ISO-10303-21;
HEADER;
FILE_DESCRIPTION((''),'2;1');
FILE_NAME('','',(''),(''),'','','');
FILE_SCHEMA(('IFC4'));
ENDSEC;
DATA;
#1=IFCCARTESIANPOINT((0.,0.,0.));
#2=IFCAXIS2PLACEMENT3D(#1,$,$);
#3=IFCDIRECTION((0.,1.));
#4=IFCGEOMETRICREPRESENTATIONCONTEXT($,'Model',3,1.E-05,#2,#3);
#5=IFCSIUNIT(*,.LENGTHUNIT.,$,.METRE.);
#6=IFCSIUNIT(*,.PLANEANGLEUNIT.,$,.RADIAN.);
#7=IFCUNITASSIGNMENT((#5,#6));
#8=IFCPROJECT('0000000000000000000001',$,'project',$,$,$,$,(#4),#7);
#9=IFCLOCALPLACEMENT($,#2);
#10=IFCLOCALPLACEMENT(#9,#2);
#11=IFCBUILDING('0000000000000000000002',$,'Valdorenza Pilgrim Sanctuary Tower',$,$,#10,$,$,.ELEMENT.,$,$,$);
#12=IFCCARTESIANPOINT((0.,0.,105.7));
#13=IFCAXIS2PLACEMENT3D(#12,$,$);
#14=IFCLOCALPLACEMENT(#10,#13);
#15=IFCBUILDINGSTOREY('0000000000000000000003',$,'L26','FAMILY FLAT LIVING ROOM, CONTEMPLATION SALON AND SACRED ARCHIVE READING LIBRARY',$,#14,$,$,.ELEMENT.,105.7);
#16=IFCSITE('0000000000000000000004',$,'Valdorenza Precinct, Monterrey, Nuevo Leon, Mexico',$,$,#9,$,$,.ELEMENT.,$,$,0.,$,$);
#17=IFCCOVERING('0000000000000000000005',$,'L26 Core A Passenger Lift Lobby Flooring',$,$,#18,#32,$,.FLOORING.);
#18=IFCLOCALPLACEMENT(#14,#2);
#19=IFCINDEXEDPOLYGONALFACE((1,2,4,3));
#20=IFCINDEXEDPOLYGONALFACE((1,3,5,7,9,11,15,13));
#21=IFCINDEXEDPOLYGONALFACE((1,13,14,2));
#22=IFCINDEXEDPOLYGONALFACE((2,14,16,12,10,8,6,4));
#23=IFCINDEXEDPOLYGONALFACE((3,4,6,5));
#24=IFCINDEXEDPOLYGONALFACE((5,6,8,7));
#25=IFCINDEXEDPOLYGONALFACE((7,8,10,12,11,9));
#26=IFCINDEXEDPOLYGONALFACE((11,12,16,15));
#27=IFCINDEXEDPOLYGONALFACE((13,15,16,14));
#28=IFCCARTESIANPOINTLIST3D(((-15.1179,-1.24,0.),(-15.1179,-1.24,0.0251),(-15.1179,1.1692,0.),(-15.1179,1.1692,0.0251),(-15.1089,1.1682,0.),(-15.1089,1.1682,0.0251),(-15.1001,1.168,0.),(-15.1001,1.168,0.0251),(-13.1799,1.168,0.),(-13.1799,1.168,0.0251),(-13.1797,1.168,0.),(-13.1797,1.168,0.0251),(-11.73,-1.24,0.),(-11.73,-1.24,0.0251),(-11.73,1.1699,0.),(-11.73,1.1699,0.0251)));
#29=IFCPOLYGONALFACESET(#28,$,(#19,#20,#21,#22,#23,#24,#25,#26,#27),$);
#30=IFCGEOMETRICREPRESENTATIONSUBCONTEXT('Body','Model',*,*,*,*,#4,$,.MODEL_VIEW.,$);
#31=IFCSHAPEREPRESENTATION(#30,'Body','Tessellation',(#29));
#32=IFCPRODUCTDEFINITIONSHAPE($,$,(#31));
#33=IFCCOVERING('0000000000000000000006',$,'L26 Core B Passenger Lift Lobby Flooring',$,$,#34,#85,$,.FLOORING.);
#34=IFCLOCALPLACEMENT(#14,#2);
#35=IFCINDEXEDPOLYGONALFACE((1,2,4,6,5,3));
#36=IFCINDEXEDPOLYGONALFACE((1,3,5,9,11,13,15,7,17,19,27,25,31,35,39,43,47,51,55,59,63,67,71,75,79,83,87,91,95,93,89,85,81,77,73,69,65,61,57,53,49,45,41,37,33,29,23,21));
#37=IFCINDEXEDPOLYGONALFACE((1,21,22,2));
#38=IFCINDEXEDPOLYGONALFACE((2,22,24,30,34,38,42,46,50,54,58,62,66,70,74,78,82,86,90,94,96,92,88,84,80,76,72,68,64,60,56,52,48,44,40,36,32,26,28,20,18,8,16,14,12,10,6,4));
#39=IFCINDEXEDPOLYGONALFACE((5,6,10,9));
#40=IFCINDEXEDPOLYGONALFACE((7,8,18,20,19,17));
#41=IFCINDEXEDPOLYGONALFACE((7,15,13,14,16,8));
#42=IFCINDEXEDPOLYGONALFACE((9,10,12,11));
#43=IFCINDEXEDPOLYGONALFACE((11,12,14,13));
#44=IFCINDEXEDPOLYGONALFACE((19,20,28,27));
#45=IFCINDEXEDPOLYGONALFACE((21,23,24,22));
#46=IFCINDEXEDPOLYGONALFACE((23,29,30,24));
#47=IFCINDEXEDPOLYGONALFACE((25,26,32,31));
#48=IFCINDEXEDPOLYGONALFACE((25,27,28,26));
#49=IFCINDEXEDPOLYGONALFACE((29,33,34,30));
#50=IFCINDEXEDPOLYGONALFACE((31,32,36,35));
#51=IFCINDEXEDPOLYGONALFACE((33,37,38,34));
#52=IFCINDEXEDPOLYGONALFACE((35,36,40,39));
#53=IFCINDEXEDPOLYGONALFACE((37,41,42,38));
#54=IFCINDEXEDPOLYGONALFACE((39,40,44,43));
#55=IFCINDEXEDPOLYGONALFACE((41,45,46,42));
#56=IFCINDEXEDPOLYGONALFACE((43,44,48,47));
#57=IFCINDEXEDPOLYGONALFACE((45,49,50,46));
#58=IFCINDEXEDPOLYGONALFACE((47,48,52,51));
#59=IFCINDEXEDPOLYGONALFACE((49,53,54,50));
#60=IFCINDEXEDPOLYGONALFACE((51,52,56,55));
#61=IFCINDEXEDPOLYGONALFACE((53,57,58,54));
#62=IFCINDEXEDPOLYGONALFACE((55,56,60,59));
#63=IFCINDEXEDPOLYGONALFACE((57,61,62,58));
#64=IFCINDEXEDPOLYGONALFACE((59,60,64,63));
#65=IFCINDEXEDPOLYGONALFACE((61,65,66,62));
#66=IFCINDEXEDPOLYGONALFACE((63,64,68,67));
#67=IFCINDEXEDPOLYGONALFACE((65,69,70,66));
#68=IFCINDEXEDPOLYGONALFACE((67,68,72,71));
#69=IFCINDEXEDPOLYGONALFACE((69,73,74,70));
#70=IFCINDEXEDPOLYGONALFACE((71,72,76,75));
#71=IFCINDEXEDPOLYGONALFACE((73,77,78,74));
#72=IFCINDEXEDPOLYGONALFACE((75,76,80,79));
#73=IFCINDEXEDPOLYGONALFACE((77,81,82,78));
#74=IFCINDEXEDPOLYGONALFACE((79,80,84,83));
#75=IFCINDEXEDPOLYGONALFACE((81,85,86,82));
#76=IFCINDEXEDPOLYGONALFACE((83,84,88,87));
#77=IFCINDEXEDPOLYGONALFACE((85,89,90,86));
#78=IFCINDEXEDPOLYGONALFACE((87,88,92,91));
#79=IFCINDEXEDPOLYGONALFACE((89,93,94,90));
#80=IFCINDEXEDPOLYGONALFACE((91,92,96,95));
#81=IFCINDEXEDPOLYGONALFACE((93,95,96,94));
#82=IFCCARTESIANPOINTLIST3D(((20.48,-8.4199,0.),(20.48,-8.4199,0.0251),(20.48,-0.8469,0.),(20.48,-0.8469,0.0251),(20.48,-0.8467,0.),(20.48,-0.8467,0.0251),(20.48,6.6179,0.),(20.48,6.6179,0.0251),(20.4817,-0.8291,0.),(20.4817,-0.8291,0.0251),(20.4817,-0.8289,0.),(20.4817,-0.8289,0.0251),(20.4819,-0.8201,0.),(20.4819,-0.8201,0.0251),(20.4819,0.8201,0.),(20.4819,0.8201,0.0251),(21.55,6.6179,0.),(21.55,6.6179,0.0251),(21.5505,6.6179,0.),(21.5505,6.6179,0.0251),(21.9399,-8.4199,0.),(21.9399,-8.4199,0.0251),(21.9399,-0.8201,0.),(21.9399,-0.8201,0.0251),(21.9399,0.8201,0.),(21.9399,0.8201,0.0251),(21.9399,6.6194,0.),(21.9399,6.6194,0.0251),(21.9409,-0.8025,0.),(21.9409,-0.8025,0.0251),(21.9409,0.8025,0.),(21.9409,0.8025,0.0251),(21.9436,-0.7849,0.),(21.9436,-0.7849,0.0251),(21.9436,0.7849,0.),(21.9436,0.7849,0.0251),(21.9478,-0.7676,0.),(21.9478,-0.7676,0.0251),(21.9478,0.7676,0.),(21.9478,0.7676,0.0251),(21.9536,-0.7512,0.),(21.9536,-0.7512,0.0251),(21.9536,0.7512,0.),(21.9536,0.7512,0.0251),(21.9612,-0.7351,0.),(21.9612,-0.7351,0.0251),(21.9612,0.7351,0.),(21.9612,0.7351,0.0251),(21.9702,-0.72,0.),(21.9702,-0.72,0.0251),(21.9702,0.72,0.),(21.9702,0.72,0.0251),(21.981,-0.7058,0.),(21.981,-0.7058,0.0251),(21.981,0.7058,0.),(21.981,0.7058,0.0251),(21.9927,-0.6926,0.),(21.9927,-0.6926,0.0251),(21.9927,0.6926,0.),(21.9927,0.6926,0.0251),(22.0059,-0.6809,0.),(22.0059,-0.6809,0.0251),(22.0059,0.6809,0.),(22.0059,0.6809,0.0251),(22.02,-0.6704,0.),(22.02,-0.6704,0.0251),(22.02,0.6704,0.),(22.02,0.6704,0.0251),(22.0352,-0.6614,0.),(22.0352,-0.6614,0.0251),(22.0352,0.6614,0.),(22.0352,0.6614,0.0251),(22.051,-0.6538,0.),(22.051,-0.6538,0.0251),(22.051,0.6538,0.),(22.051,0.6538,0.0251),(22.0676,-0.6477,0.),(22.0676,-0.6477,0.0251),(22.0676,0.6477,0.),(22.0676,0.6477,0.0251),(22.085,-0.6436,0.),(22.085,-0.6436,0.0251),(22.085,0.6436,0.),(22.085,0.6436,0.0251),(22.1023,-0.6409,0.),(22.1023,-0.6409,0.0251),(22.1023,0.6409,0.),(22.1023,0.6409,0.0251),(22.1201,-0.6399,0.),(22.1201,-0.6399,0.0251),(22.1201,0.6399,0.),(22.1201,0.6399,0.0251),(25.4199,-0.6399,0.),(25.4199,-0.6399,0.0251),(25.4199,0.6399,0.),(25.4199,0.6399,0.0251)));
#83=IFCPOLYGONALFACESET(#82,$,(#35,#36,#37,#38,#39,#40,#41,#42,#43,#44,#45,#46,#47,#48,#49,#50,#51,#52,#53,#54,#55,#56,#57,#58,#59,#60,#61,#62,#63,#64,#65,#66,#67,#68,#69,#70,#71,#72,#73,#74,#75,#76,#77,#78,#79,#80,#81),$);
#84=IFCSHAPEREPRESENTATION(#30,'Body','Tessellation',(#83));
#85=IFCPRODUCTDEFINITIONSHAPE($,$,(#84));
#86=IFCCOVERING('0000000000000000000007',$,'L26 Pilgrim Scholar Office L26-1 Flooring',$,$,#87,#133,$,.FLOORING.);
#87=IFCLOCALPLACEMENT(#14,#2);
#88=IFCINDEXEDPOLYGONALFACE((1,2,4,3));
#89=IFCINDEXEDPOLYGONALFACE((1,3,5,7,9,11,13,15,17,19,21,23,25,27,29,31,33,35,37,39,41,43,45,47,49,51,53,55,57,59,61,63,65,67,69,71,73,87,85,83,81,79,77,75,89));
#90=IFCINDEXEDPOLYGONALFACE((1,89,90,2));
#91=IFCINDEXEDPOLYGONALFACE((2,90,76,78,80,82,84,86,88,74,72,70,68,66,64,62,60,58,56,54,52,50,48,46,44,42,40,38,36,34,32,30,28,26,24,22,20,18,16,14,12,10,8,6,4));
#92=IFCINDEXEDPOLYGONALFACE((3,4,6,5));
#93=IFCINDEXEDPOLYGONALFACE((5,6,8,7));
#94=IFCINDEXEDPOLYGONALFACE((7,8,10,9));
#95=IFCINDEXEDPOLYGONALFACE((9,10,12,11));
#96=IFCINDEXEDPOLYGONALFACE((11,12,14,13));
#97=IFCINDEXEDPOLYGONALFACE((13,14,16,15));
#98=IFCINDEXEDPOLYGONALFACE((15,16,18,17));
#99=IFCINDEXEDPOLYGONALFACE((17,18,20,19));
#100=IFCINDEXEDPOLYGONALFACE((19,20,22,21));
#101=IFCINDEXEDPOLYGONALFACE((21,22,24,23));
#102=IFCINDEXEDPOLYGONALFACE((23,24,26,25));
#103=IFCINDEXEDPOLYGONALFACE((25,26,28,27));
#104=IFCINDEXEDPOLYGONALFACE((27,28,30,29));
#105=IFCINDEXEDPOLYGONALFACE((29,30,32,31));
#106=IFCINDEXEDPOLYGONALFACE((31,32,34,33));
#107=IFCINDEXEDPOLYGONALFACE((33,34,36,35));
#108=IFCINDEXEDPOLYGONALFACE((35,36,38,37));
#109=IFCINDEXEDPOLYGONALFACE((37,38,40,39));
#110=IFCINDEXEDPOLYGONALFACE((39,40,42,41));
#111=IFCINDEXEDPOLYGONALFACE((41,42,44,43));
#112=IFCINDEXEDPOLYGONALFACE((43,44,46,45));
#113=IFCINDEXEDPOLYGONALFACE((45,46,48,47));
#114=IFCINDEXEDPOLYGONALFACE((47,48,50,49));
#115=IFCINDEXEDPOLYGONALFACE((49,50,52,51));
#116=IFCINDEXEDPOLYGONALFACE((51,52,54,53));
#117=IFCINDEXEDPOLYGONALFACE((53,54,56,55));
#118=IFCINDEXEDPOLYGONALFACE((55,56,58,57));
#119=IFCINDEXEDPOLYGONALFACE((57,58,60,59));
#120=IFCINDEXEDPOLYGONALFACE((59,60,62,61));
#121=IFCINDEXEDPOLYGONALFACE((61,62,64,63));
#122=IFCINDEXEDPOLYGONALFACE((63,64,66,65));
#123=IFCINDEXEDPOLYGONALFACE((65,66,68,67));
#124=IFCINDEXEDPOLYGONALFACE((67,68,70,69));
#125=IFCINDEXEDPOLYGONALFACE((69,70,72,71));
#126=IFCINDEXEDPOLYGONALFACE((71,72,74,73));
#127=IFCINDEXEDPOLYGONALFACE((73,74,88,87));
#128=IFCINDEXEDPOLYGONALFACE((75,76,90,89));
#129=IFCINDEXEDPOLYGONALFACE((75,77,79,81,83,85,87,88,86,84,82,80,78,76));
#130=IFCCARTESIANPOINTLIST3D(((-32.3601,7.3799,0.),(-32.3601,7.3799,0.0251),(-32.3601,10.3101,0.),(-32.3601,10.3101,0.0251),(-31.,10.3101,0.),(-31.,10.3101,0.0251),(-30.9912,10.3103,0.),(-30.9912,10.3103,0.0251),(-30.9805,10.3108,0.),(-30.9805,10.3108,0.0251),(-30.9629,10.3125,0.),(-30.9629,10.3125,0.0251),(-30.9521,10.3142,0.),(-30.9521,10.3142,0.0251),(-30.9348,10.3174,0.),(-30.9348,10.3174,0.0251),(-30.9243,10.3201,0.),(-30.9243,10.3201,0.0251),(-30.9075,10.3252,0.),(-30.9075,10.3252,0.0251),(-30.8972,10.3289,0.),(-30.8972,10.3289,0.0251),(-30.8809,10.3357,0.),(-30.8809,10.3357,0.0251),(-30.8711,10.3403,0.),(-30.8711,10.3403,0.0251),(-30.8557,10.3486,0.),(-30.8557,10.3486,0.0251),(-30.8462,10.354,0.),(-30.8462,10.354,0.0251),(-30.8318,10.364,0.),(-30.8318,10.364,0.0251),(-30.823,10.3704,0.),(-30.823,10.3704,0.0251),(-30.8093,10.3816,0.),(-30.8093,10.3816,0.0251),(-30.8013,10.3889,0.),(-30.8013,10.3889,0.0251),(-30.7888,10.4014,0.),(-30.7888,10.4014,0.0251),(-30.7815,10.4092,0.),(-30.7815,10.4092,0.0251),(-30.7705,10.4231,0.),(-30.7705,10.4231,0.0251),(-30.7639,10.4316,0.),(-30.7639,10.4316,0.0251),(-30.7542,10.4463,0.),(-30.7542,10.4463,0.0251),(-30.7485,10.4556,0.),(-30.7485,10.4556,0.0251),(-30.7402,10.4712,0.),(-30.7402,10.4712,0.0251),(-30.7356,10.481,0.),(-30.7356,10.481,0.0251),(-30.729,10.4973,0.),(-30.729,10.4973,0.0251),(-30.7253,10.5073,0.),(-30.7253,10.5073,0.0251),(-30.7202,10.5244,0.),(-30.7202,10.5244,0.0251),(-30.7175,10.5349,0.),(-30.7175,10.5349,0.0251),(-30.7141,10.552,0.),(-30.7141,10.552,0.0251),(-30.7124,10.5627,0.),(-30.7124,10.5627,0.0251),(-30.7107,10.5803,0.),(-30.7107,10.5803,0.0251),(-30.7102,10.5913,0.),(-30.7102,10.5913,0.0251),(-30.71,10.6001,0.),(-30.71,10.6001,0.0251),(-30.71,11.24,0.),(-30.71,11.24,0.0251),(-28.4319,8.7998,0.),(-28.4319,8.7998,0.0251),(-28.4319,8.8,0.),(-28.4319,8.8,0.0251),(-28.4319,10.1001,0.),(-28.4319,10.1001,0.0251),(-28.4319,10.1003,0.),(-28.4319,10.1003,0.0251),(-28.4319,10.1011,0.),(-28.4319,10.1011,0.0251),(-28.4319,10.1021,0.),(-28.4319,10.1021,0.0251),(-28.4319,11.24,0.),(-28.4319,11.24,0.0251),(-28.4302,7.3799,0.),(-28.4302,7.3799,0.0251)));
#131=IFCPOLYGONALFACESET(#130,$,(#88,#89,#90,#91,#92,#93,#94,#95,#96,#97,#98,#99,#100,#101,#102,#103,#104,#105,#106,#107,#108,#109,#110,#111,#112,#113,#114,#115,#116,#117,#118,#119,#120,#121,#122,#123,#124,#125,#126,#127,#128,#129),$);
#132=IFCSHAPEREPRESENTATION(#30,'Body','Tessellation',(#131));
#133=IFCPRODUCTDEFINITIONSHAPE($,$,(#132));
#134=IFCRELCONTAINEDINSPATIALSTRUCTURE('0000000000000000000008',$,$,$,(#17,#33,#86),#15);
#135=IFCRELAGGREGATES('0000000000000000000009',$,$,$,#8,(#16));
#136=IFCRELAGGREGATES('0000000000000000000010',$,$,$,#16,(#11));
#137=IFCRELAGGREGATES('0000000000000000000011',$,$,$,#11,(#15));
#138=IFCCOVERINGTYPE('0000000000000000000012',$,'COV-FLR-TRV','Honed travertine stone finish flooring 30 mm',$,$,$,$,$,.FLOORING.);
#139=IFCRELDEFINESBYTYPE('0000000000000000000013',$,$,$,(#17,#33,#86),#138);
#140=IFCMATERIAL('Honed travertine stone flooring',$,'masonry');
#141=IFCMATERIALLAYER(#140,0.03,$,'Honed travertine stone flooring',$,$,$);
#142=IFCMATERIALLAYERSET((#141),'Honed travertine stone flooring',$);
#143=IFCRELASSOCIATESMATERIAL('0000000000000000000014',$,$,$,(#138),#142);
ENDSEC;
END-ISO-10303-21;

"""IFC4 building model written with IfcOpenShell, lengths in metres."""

from ifc_helpers import new_model, si_unit, direction, frame, origin, place, context, subcontext, project, spatial, polyline, outline, extrude, material, layer, layer_set, type_object, element, save


model = new_model("IFC4")

# Units and contexts
model_context = context("Model", 3, precision=1e-05, world=origin(), true_north=direction((0.0, 1.0)))
body_context = subcontext(model_context, "Body", "Model", "MODEL_VIEW")
ifc_project = project(units=[si_unit("LENGTHUNIT", "METRE"), si_unit("PLANEANGLEUNIT", "RADIAN")], contexts=[model_context])

# Site, building, storey
site_placement = place(None, origin())
site = spatial("IfcSite", under=ifc_project, at=site_placement, Name="Valdorenza Precinct, Monterrey, Nuevo Leon, Mexico", CompositionType="ELEMENT", RefElevation=0.0)
building_placement = place(site_placement, origin())
building = spatial("IfcBuilding", under=site, at=building_placement, Name="Valdorenza Pilgrim Sanctuary Tower", CompositionType="ELEMENT")
storey_placement = place(building_placement, frame((0.0, 0.0, 105.7)))
storey = spatial("IfcBuildingStorey", under=building, at=storey_placement, Name="L26", Description="FAMILY FLAT LIVING ROOM, CONTEMPLATION SALON AND SACRED ARCHIVE READING LIBRARY", CompositionType="ELEMENT", Elevation=105.7)

# Coverings
ifc_material_1 = material(Name="Honed travertine stone flooring", Category="masonry")
ifc_layer_1 = layer(ifc_material_1, 0.03, Name="Honed travertine stone flooring")
ifc_layer_set_1 = layer_set([ifc_layer_1], Name="Honed travertine stone flooring")
covering_type_1 = type_object("IfcCoveringType", Name="COV-FLR-TRV", Description="Honed travertine stone finish flooring 30 mm", PredefinedType="FLOORING", material=ifc_layer_set_1)
covering_1_placement = place(storey_placement, origin())
element("IfcCovering", 1, at=covering_1_placement, inside=storey, type_object=covering_type_1, Name="L26 Core A Passenger Lift Lobby Flooring", PredefinedType="FLOORING", context=body_context, shape_type="SweptSolid", body=[
    extrude(outline(polyline([(-15.1179, 1.1692), (-15.1089, 1.1682), (-15.1089, 1.1682), (-15.1001, 1.168), (-13.1799, 1.168), (-13.1797, 1.168), (-11.73, 1.1699), (-11.73, -1.24), (-15.1179, -1.24), (-15.1179, 1.1692)])), origin(), (0.0, 0.0, 1.0), 0.0251),
])
covering_2_placement = place(storey_placement, origin())
element("IfcCovering", 2, at=covering_2_placement, inside=storey, type_object=covering_type_1, Name="L26 Core B Passenger Lift Lobby Flooring", PredefinedType="FLOORING", context=body_context, shape_type="SweptSolid", body=[
    extrude(outline(polyline([(20.48, 6.6179), (21.55, 6.6179), (21.5505, 6.6179), (21.9399, 6.6194), (21.9399, 0.8201), (21.9409, 0.8025), (21.9436, 0.7849), (21.9478, 0.7676), (21.9536, 0.7512), (21.9612, 0.7351), (21.9702, 0.72), (21.981, 0.7058), (21.9927, 0.6926), (22.0059, 0.6809), (22.02, 0.6704), (22.0352, 0.6614), (22.051, 0.6538), (22.0676, 0.6477), (22.085, 0.6436), (22.1023, 0.6409), (22.1201, 0.6399), (25.4199, 0.6399), (25.4199, -0.6399), (22.1201, -0.6399), (22.1023, -0.6409), (22.085, -0.6436), (22.0676, -0.6477), (22.051, -0.6538), (22.0352, -0.6614), (22.02, -0.6704), (22.0059, -0.6809), (21.9927, -0.6926), (21.981, -0.7058), (21.9702, -0.72), (21.9612, -0.7351), (21.9536, -0.7512), (21.9478, -0.7676), (21.9436, -0.7849), (21.9409, -0.8025), (21.9399, -0.8201), (21.9399, -8.4199), (20.48, -8.4199), (20.48, -0.8469), (20.48, -0.8467), (20.48, -0.8467), (20.4817, -0.8291), (20.4817, -0.8289), (20.4819, -0.8201), (20.4819, 0.8201), (20.48, 6.6179)])), origin(), (0.0, 0.0, 1.0), 0.0251),
])
covering_3_placement = place(storey_placement, origin())
element("IfcCovering", 3, at=covering_3_placement, inside=storey, type_object=covering_type_1, Name="L26 Pilgrim Scholar Office L26-1 Flooring", PredefinedType="FLOORING", context=body_context, shape_type="SweptSolid", body=[
    extrude(outline(polyline([(-28.4319, 11.24), (-28.4319, 10.1021), (-28.4319, 10.1011), (-28.4319, 10.1003), (-28.4319, 10.1001), (-28.4319, 8.8), (-28.4319, 8.7998), (-28.4302, 7.3799), (-32.3601, 7.3799), (-32.3601, 10.3101), (-31.0, 10.3101), (-30.9912, 10.3103), (-30.9805, 10.3108), (-30.9629, 10.3125), (-30.9521, 10.3142), (-30.9348, 10.3174), (-30.9243, 10.3201), (-30.9075, 10.3252), (-30.8972, 10.3289), (-30.8809, 10.3357), (-30.8711, 10.3403), (-30.8557, 10.3486), (-30.8462, 10.354), (-30.8318, 10.364), (-30.823, 10.3704), (-30.8093, 10.3816), (-30.8013, 10.3889), (-30.7888, 10.4014), (-30.7815, 10.4092), (-30.7705, 10.4231), (-30.7639, 10.4316), (-30.7542, 10.4463), (-30.7485, 10.4556), (-30.7402, 10.4712), (-30.7356, 10.481), (-30.729, 10.4973), (-30.7253, 10.5073), (-30.7202, 10.5244), (-30.7175, 10.5349), (-30.7141, 10.552), (-30.7124, 10.5627), (-30.7107, 10.5803), (-30.7102, 10.5913), (-30.71, 10.6001), (-30.71, 11.24), (-28.4319, 11.24)])), origin(), (0.0, 0.0, 1.0), 0.0251),
])

save(model, "model.ifc")
